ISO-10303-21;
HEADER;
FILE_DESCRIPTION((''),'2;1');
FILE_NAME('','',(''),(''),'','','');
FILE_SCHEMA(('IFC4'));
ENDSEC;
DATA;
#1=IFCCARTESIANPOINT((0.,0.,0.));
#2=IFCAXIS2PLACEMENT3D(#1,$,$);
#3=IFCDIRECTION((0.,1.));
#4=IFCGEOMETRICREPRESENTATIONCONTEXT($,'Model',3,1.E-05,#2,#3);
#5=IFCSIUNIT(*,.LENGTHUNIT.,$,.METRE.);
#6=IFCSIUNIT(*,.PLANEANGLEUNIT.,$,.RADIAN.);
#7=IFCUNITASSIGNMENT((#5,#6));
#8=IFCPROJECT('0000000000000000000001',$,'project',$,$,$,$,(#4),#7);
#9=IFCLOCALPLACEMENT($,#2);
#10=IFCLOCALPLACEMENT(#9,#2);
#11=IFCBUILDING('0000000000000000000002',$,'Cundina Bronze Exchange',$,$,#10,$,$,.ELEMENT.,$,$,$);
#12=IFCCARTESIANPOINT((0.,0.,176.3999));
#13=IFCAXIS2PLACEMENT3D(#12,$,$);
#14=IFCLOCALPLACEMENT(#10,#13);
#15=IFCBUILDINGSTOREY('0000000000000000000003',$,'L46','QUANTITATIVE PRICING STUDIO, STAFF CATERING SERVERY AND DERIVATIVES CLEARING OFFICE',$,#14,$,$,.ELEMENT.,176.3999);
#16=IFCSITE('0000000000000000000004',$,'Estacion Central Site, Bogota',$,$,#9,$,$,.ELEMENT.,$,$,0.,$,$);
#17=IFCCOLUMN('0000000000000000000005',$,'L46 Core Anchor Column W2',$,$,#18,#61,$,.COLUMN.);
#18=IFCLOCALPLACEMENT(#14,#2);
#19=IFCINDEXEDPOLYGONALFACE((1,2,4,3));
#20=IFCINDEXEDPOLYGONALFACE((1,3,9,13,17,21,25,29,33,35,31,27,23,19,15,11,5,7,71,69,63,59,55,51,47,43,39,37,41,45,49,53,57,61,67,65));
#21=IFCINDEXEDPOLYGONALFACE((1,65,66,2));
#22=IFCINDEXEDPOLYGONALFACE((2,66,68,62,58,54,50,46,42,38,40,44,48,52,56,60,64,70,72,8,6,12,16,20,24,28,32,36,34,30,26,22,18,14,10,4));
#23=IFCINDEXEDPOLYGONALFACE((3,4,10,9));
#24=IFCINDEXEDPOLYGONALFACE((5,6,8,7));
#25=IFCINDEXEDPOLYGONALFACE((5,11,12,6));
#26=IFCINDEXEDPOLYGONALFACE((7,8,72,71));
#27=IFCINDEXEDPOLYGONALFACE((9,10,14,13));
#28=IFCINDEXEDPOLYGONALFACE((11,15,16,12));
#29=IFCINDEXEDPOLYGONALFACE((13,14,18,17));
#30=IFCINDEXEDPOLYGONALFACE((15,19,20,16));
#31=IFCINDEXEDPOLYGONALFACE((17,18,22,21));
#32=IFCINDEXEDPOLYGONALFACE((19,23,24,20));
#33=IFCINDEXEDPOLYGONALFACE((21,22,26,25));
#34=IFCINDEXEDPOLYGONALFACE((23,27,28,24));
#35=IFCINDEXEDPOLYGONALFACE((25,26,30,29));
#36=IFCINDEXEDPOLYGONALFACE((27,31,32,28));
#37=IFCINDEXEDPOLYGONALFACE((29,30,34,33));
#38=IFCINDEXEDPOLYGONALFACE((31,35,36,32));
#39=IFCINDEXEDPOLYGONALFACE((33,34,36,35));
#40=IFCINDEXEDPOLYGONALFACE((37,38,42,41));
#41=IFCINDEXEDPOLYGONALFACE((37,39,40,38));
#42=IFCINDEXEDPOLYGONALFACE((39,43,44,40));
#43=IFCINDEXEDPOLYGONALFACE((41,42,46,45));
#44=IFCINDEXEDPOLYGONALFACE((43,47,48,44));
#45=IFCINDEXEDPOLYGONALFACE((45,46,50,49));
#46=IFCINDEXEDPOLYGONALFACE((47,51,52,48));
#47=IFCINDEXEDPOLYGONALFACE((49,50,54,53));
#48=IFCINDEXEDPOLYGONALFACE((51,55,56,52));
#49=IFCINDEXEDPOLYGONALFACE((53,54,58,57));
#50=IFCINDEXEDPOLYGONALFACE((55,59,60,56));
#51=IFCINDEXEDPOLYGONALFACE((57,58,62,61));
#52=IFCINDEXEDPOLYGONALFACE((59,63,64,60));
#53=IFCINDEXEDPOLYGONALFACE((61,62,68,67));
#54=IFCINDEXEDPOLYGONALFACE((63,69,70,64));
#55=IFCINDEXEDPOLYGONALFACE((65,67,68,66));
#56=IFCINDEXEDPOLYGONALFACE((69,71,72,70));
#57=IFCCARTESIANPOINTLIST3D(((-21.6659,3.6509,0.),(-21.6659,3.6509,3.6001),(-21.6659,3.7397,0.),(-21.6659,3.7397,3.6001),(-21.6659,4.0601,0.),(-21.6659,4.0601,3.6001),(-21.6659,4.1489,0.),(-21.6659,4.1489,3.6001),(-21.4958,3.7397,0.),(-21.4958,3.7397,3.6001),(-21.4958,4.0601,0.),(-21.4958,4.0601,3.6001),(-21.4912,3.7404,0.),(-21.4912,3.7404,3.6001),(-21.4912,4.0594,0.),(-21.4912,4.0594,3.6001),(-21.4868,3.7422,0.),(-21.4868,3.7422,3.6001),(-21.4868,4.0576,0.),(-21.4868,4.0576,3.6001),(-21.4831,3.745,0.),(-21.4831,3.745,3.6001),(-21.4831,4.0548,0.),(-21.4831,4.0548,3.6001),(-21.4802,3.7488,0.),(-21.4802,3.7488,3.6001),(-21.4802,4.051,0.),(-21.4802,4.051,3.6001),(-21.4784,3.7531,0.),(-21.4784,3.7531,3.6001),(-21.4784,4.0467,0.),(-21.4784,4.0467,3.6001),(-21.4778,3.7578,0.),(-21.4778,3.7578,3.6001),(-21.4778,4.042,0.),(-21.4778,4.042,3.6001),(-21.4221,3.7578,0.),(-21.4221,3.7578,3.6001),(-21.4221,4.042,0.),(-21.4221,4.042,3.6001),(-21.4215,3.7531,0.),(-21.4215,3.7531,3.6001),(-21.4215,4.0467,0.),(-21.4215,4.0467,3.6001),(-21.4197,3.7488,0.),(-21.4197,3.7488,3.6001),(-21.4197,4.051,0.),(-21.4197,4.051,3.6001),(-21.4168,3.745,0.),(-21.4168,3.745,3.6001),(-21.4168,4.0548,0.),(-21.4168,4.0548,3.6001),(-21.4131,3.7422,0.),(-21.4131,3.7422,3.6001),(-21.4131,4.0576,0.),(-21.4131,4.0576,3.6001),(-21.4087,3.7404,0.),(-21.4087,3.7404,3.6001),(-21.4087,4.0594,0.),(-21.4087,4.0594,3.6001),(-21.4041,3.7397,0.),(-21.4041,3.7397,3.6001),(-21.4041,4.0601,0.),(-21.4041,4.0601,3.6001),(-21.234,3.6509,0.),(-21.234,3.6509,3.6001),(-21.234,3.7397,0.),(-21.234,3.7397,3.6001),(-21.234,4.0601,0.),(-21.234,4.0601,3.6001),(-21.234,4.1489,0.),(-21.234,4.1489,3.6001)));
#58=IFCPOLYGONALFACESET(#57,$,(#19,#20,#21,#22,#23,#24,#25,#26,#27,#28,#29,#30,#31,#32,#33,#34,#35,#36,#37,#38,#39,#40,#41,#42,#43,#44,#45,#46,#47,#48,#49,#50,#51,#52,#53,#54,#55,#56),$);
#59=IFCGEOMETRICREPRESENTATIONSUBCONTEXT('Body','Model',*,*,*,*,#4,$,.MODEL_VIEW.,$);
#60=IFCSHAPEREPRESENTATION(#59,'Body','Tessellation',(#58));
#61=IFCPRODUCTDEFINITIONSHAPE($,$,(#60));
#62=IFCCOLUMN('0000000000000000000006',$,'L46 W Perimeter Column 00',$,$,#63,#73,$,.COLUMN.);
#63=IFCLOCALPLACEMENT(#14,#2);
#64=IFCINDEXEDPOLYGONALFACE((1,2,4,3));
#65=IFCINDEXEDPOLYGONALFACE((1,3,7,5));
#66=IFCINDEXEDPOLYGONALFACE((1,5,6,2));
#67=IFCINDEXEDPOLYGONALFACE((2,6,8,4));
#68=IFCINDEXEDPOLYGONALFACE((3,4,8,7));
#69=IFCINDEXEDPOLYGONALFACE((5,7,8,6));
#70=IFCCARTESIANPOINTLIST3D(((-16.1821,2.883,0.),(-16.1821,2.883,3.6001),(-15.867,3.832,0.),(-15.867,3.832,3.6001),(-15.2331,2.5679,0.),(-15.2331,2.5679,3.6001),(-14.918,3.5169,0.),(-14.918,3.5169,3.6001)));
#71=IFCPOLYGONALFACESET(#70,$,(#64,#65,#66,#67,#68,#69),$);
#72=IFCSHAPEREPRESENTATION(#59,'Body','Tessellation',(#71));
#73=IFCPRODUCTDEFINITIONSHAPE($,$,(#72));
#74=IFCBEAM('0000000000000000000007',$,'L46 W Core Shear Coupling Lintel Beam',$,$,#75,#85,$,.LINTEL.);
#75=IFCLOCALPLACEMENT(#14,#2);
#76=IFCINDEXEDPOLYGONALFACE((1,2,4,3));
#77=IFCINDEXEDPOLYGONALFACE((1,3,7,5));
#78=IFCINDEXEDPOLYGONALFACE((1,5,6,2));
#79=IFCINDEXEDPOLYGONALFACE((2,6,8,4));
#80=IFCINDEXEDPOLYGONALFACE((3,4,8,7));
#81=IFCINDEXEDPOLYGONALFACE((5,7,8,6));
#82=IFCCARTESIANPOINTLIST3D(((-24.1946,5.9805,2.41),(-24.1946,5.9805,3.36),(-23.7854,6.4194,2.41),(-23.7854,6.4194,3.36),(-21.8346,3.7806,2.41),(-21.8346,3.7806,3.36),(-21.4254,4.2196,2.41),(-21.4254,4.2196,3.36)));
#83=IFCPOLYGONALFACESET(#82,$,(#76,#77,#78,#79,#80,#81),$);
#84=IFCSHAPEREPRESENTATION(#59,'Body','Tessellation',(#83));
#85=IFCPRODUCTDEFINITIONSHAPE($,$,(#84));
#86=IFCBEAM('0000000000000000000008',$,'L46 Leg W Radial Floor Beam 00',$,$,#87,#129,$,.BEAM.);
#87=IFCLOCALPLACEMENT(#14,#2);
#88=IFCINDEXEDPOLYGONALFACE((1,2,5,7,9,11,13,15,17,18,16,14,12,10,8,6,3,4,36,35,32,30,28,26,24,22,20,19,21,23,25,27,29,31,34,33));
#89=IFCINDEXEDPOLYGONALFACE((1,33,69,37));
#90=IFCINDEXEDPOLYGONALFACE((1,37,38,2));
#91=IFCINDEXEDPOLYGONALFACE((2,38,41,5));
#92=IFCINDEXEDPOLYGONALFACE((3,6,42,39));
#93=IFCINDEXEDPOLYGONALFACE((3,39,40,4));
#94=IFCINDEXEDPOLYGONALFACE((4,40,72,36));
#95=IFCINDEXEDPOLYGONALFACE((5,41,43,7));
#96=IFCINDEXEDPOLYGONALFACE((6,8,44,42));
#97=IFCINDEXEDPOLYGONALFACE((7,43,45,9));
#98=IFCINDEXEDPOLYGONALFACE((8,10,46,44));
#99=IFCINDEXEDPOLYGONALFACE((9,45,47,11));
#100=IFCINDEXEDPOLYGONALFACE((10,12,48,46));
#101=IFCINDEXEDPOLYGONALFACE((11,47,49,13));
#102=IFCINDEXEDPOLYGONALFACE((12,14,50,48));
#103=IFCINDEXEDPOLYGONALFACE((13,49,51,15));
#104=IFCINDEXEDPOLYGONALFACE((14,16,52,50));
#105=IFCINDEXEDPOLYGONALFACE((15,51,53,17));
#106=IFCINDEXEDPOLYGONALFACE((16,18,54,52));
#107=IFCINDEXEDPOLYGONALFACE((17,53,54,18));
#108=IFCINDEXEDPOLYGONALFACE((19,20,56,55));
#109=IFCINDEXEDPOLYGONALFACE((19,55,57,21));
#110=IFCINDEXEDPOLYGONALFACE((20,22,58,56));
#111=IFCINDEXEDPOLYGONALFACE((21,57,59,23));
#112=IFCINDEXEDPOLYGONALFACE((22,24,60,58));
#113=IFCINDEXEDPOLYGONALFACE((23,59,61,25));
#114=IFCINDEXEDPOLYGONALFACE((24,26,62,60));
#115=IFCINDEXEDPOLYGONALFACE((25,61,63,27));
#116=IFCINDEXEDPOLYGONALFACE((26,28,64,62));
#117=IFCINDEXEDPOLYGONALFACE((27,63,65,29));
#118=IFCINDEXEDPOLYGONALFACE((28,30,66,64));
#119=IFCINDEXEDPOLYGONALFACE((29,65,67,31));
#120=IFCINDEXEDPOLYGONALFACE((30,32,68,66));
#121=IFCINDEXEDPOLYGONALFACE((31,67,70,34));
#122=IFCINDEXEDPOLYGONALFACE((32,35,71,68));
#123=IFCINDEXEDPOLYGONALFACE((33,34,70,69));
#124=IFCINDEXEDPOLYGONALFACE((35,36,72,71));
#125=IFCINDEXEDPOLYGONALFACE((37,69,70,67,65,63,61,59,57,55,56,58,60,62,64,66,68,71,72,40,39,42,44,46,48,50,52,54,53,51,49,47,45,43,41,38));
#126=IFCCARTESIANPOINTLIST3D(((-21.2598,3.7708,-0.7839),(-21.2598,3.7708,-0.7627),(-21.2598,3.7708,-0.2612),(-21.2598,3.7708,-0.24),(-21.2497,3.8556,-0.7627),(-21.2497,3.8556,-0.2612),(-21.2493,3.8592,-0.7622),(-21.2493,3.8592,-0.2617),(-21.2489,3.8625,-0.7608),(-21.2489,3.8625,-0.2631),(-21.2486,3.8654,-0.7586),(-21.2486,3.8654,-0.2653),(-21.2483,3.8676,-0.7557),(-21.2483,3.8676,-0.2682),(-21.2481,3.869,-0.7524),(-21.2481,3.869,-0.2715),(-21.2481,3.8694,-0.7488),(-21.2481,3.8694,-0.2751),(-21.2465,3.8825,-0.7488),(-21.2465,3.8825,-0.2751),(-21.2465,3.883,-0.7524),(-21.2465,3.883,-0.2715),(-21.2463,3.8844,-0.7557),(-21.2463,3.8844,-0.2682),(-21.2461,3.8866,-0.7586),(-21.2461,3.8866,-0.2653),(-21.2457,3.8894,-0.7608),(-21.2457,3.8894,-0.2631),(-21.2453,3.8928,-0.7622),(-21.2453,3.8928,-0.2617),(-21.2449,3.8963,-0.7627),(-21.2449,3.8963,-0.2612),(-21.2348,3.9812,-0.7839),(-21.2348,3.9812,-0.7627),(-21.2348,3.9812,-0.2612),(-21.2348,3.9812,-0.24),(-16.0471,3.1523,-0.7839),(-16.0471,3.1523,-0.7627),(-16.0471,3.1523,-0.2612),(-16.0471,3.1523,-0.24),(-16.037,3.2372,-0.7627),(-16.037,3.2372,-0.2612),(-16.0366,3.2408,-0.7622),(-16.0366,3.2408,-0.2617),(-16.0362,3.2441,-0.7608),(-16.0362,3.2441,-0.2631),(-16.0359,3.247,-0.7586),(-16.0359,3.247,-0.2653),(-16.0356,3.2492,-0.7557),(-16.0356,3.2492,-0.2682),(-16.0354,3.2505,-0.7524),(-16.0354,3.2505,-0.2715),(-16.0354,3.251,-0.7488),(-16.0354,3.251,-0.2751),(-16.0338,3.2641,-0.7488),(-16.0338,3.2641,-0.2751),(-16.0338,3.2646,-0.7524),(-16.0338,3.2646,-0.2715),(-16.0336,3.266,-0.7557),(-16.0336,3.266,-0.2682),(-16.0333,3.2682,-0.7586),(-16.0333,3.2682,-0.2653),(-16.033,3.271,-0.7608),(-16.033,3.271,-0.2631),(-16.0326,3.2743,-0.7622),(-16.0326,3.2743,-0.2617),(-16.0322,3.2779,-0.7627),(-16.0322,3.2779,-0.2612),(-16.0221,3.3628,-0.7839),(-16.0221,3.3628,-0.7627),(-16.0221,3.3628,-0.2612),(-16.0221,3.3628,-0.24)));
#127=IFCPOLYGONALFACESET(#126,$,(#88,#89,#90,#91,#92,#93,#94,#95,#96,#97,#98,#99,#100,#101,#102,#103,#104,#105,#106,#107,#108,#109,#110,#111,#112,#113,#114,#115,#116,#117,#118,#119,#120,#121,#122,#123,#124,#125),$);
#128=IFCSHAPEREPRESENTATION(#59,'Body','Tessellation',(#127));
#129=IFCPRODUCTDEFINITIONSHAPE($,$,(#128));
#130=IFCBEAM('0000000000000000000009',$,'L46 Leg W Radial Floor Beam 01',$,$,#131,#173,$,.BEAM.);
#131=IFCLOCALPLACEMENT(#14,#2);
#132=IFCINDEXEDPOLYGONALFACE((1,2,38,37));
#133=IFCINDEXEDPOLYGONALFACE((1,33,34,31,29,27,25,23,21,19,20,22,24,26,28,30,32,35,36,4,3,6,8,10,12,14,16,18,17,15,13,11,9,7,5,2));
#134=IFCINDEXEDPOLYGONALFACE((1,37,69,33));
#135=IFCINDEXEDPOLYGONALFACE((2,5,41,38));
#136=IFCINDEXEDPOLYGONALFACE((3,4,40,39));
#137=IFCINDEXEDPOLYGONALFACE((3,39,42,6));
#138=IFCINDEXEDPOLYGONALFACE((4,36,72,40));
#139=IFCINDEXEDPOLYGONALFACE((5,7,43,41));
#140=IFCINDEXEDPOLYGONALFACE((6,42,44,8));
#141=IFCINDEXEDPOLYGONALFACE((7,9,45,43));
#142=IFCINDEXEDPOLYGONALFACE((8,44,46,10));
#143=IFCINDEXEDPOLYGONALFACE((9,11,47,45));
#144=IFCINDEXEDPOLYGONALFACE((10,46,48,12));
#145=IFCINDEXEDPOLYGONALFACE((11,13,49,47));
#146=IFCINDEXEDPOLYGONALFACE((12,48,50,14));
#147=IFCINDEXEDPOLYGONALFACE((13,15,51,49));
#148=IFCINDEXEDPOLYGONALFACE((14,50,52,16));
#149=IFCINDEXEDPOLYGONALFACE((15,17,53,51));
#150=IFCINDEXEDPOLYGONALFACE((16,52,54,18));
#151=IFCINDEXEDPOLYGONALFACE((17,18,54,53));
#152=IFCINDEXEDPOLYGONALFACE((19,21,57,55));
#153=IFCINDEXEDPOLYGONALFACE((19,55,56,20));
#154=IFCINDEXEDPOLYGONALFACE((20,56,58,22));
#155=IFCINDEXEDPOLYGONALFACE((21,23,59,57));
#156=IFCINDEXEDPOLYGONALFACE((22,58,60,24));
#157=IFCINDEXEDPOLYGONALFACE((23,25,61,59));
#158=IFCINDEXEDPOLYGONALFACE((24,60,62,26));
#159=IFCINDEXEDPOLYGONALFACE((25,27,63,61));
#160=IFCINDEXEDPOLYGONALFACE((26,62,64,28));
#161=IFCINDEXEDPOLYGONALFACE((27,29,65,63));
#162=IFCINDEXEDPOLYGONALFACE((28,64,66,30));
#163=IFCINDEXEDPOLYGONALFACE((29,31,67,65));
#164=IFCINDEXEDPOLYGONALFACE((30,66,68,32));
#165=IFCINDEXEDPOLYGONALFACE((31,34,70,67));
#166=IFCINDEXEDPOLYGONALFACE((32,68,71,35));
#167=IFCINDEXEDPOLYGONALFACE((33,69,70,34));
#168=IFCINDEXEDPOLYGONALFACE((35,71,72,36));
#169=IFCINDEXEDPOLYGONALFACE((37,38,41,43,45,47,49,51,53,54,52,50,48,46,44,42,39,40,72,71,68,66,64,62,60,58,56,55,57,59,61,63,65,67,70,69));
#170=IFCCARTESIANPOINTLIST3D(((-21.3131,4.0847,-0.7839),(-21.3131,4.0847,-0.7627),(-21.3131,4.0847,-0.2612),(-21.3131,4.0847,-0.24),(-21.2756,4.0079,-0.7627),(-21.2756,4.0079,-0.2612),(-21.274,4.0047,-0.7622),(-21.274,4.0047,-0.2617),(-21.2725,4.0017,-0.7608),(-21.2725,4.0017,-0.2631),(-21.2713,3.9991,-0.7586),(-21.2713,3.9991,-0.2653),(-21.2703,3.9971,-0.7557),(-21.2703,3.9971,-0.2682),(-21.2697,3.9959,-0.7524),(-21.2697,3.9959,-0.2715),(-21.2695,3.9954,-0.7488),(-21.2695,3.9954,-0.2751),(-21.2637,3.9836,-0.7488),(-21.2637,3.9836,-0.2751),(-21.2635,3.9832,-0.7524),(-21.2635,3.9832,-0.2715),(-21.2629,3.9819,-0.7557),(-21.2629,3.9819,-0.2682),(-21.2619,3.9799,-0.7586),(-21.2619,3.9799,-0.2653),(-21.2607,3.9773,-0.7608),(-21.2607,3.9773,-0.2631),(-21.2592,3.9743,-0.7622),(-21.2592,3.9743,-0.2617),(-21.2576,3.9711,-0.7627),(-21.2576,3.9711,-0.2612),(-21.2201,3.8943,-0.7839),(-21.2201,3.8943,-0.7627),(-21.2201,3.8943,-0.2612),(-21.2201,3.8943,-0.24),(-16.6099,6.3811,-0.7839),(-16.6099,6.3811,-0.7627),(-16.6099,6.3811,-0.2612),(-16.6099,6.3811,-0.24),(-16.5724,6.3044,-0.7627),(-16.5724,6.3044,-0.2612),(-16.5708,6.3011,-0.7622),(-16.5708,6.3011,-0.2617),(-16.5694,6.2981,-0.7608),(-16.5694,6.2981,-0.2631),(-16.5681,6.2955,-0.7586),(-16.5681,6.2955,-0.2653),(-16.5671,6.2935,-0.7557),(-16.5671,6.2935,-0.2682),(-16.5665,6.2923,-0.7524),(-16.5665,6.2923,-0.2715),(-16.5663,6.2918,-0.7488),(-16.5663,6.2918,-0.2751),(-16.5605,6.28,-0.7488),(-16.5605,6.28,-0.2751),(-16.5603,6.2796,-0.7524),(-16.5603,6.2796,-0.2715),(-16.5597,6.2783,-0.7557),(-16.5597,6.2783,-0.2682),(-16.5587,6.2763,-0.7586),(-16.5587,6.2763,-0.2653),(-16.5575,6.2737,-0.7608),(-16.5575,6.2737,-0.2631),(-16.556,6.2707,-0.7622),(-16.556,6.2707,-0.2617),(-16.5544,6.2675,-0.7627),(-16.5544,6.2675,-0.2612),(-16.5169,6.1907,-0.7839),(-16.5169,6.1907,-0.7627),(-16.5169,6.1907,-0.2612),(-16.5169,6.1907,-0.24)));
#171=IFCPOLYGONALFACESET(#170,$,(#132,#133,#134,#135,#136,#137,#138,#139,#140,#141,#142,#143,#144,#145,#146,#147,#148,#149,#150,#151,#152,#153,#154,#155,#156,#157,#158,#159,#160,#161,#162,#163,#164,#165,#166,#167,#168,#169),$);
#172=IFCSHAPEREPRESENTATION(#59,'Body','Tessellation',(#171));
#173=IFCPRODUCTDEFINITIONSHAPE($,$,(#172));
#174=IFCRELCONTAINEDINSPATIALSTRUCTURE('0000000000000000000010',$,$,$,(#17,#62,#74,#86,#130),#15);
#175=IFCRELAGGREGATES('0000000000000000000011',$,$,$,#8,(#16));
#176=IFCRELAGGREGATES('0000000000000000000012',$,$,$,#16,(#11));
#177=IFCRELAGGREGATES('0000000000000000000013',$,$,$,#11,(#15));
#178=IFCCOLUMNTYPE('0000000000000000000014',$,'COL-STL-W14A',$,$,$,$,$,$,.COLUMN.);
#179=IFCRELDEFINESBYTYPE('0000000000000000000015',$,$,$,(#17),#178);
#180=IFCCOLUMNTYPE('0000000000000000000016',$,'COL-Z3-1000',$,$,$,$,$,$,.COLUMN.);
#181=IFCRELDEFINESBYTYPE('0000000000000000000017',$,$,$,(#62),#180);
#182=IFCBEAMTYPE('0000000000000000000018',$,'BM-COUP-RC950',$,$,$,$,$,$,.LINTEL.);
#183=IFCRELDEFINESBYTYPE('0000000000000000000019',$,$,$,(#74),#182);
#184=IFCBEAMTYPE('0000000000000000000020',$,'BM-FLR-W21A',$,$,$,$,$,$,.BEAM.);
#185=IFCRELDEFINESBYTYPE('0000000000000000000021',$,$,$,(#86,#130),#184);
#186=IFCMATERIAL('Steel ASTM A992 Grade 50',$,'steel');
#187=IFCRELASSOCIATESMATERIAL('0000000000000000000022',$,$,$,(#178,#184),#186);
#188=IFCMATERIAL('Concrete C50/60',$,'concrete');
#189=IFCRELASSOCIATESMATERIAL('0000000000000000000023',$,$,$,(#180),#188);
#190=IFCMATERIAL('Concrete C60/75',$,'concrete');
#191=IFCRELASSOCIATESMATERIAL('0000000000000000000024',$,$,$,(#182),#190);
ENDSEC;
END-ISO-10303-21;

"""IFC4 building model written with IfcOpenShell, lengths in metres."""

from ifc_helpers import new_model, si_unit, direction, frame, origin, origin_2d, place, context, subcontext, project, spatial, rectangle, i_section, extrude, material, material_profile, profile_set, type_object, element, save


model = new_model("IFC4")

# Units and contexts
model_context = context("Model", 3, precision=1e-05, world=origin(), true_north=direction((0.0, 1.0)))
body_context = subcontext(model_context, "Body", "Model", "MODEL_VIEW")
ifc_project = project(units=[si_unit("LENGTHUNIT", "METRE"), si_unit("PLANEANGLEUNIT", "RADIAN")], contexts=[model_context])

# Site, building, storey
site_placement = place(None, origin())
site = spatial("IfcSite", under=ifc_project, at=site_placement, Name="Estacion Central Site, Bogota", CompositionType="ELEMENT", RefElevation=0.0)
building_placement = place(site_placement, origin())
building = spatial("IfcBuilding", under=site, at=building_placement, Name="Cundina Bronze Exchange", CompositionType="ELEMENT")
storey_placement = place(building_placement, frame((0.0, 0.0, 176.3999)))
storey = spatial("IfcBuildingStorey", under=building, at=storey_placement, Name="L46", Description="QUANTITATIVE PRICING STUDIO, STAFF CATERING SERVERY AND DERIVATIVES CLEARING OFFICE", CompositionType="ELEMENT", Elevation=176.3999)

# Columns
ifc_material_1 = material(Name="Steel ASTM A992 Grade 50", Category="steel")
ifc_material_profile_1 = material_profile(ifc_material_1, i_section(OverallWidth=0.4319, OverallDepth=0.498, WebThickness=0.0557, FlangeThickness=0.0889, FilletRadius=0.0181, at=origin_2d()), Name="W14X500", Category="steel")
ifc_profile_set_1 = profile_set([ifc_material_profile_1], Name="Steel ASTM A992 Grade 50")
column_type_1 = type_object("IfcColumnType", Name="COL-STL-W14A", PredefinedType="COLUMN", material=ifc_profile_set_1)
column_1_placement = place(storey_placement, frame((-21.45, 3.8999, 0.0), z_axis=(0.0, 0.0, 1.0), x_axis=(1.0, 0.0, 0.0)))
element("IfcColumn", 1, at=column_1_placement, inside=storey, type_object=column_type_1, Name="L46 Core Anchor Column W2", PredefinedType="COLUMN", context=body_context, shape_type="SweptSolid", body=[
    extrude(i_section(OverallWidth=0.4319, OverallDepth=0.498, WebThickness=0.0557, FlangeThickness=0.0889, FilletRadius=0.0181, at=origin_2d()), origin(), (0.0, 0.0, 1.0), 3.6001),
])
ifc_material_2 = material(Name="Concrete C50/60", Category="concrete")
ifc_material_profile_2 = material_profile(ifc_material_2, rectangle(XDim=1.0, YDim=1.0, at=origin_2d()), Name="RC1000X1000", Category="concrete")
ifc_profile_set_2 = profile_set([ifc_material_profile_2], Name="Concrete C50/60")
column_type_2 = type_object("IfcColumnType", Name="COL-Z3-1000", PredefinedType="COLUMN", material=ifc_profile_set_2)
column_2_placement = place(storey_placement, frame((-15.55, 3.2, 0.0), z_axis=(0.0, 0.0, 1.0), x_axis=(0.315152, 0.949041, 0.0)))
element("IfcColumn", 2, at=column_2_placement, inside=storey, type_object=column_type_2, Name="L46 W Perimeter Column 00", PredefinedType="COLUMN", context=body_context, shape_type="SweptSolid", body=[
    extrude(rectangle(XDim=1.0, YDim=1.0, at=origin_2d()), origin(), (0.0, 0.0, 1.0), 3.6001),
])

# Beams
ifc_material_3 = material(Name="Concrete C60/75", Category="concrete")
ifc_material_profile_3 = material_profile(ifc_material_3, rectangle(XDim=0.6001, YDim=0.95, at=origin_2d()), Name="RC600X950", Category="concrete")
ifc_profile_set_3 = profile_set([ifc_material_profile_3], Name="Concrete C60/75")
beam_type_1 = type_object("IfcBeamType", Name="BM-COUP-RC950", PredefinedType="LINTEL", material=ifc_profile_set_3)
beam_1_placement = place(storey_placement, frame((-23.99, 6.2, 2.885), z_axis=(0.73149, -0.681852, 0.0), x_axis=(0.681852, 0.73149, 0.0)))
element("IfcBeam", 3, at=beam_1_placement, inside=storey, type_object=beam_type_1, Name="L46 W Core Shear Coupling Lintel Beam", PredefinedType="LINTEL", context=body_context, shape_type="SweptSolid", body=[
    extrude(rectangle(XDim=0.6001, YDim=0.95, at=origin_2d()), origin(), (0.0, 0.0, 1.0), 3.2263),
])
ifc_material_profile_4 = material_profile(ifc_material_1, i_section(OverallWidth=0.2119, OverallDepth=0.5439, WebThickness=0.0132, FlangeThickness=0.0212, FilletRadius=0.0139, at=origin_2d()), Name="W21X83", Category="steel")
ifc_profile_set_4 = profile_set([ifc_material_profile_4], Name="Steel ASTM A992 Grade 50")
beam_type_2 = type_object("IfcBeamType", Name="BM-FLR-W21A", PredefinedType="BEAM", material=ifc_profile_set_4)
beam_2_placement = place(storey_placement, frame((-21.2473, 3.876, -0.512), z_axis=(0.993036, -0.11781, 0.0), x_axis=(0.11781, 0.993036, 0.0)))
element("IfcBeam", 4, at=beam_2_placement, inside=storey, type_object=beam_type_2, Name="L46 Leg W Radial Floor Beam 00", PredefinedType="BEAM", context=body_context, shape_type="SweptSolid", body=[
    extrude(i_section(OverallWidth=0.2119, OverallDepth=0.5439, WebThickness=0.0132, FlangeThickness=0.0212, FilletRadius=0.0139, at=origin_2d()), origin(), (0.0, 0.0, 1.0), 5.2493),
])
beam_3_placement = place(storey_placement, frame((-21.2666, 3.9895, -0.512), z_axis=(0.898604, 0.43876, 0.0), x_axis=(-0.43876, 0.898604, 0.0)))
element("IfcBeam", 5, at=beam_3_placement, inside=storey, type_object=beam_type_2, Name="L46 Leg W Radial Floor Beam 01", PredefinedType="BEAM", context=body_context, shape_type="SweptSolid", body=[
    extrude(i_section(OverallWidth=0.2119, OverallDepth=0.5439, WebThickness=0.0132, FlangeThickness=0.0212, FilletRadius=0.0139, at=origin_2d()), origin(), (0.0, 0.0, 1.0), 5.2339),
])

save(model, "model.ifc")
